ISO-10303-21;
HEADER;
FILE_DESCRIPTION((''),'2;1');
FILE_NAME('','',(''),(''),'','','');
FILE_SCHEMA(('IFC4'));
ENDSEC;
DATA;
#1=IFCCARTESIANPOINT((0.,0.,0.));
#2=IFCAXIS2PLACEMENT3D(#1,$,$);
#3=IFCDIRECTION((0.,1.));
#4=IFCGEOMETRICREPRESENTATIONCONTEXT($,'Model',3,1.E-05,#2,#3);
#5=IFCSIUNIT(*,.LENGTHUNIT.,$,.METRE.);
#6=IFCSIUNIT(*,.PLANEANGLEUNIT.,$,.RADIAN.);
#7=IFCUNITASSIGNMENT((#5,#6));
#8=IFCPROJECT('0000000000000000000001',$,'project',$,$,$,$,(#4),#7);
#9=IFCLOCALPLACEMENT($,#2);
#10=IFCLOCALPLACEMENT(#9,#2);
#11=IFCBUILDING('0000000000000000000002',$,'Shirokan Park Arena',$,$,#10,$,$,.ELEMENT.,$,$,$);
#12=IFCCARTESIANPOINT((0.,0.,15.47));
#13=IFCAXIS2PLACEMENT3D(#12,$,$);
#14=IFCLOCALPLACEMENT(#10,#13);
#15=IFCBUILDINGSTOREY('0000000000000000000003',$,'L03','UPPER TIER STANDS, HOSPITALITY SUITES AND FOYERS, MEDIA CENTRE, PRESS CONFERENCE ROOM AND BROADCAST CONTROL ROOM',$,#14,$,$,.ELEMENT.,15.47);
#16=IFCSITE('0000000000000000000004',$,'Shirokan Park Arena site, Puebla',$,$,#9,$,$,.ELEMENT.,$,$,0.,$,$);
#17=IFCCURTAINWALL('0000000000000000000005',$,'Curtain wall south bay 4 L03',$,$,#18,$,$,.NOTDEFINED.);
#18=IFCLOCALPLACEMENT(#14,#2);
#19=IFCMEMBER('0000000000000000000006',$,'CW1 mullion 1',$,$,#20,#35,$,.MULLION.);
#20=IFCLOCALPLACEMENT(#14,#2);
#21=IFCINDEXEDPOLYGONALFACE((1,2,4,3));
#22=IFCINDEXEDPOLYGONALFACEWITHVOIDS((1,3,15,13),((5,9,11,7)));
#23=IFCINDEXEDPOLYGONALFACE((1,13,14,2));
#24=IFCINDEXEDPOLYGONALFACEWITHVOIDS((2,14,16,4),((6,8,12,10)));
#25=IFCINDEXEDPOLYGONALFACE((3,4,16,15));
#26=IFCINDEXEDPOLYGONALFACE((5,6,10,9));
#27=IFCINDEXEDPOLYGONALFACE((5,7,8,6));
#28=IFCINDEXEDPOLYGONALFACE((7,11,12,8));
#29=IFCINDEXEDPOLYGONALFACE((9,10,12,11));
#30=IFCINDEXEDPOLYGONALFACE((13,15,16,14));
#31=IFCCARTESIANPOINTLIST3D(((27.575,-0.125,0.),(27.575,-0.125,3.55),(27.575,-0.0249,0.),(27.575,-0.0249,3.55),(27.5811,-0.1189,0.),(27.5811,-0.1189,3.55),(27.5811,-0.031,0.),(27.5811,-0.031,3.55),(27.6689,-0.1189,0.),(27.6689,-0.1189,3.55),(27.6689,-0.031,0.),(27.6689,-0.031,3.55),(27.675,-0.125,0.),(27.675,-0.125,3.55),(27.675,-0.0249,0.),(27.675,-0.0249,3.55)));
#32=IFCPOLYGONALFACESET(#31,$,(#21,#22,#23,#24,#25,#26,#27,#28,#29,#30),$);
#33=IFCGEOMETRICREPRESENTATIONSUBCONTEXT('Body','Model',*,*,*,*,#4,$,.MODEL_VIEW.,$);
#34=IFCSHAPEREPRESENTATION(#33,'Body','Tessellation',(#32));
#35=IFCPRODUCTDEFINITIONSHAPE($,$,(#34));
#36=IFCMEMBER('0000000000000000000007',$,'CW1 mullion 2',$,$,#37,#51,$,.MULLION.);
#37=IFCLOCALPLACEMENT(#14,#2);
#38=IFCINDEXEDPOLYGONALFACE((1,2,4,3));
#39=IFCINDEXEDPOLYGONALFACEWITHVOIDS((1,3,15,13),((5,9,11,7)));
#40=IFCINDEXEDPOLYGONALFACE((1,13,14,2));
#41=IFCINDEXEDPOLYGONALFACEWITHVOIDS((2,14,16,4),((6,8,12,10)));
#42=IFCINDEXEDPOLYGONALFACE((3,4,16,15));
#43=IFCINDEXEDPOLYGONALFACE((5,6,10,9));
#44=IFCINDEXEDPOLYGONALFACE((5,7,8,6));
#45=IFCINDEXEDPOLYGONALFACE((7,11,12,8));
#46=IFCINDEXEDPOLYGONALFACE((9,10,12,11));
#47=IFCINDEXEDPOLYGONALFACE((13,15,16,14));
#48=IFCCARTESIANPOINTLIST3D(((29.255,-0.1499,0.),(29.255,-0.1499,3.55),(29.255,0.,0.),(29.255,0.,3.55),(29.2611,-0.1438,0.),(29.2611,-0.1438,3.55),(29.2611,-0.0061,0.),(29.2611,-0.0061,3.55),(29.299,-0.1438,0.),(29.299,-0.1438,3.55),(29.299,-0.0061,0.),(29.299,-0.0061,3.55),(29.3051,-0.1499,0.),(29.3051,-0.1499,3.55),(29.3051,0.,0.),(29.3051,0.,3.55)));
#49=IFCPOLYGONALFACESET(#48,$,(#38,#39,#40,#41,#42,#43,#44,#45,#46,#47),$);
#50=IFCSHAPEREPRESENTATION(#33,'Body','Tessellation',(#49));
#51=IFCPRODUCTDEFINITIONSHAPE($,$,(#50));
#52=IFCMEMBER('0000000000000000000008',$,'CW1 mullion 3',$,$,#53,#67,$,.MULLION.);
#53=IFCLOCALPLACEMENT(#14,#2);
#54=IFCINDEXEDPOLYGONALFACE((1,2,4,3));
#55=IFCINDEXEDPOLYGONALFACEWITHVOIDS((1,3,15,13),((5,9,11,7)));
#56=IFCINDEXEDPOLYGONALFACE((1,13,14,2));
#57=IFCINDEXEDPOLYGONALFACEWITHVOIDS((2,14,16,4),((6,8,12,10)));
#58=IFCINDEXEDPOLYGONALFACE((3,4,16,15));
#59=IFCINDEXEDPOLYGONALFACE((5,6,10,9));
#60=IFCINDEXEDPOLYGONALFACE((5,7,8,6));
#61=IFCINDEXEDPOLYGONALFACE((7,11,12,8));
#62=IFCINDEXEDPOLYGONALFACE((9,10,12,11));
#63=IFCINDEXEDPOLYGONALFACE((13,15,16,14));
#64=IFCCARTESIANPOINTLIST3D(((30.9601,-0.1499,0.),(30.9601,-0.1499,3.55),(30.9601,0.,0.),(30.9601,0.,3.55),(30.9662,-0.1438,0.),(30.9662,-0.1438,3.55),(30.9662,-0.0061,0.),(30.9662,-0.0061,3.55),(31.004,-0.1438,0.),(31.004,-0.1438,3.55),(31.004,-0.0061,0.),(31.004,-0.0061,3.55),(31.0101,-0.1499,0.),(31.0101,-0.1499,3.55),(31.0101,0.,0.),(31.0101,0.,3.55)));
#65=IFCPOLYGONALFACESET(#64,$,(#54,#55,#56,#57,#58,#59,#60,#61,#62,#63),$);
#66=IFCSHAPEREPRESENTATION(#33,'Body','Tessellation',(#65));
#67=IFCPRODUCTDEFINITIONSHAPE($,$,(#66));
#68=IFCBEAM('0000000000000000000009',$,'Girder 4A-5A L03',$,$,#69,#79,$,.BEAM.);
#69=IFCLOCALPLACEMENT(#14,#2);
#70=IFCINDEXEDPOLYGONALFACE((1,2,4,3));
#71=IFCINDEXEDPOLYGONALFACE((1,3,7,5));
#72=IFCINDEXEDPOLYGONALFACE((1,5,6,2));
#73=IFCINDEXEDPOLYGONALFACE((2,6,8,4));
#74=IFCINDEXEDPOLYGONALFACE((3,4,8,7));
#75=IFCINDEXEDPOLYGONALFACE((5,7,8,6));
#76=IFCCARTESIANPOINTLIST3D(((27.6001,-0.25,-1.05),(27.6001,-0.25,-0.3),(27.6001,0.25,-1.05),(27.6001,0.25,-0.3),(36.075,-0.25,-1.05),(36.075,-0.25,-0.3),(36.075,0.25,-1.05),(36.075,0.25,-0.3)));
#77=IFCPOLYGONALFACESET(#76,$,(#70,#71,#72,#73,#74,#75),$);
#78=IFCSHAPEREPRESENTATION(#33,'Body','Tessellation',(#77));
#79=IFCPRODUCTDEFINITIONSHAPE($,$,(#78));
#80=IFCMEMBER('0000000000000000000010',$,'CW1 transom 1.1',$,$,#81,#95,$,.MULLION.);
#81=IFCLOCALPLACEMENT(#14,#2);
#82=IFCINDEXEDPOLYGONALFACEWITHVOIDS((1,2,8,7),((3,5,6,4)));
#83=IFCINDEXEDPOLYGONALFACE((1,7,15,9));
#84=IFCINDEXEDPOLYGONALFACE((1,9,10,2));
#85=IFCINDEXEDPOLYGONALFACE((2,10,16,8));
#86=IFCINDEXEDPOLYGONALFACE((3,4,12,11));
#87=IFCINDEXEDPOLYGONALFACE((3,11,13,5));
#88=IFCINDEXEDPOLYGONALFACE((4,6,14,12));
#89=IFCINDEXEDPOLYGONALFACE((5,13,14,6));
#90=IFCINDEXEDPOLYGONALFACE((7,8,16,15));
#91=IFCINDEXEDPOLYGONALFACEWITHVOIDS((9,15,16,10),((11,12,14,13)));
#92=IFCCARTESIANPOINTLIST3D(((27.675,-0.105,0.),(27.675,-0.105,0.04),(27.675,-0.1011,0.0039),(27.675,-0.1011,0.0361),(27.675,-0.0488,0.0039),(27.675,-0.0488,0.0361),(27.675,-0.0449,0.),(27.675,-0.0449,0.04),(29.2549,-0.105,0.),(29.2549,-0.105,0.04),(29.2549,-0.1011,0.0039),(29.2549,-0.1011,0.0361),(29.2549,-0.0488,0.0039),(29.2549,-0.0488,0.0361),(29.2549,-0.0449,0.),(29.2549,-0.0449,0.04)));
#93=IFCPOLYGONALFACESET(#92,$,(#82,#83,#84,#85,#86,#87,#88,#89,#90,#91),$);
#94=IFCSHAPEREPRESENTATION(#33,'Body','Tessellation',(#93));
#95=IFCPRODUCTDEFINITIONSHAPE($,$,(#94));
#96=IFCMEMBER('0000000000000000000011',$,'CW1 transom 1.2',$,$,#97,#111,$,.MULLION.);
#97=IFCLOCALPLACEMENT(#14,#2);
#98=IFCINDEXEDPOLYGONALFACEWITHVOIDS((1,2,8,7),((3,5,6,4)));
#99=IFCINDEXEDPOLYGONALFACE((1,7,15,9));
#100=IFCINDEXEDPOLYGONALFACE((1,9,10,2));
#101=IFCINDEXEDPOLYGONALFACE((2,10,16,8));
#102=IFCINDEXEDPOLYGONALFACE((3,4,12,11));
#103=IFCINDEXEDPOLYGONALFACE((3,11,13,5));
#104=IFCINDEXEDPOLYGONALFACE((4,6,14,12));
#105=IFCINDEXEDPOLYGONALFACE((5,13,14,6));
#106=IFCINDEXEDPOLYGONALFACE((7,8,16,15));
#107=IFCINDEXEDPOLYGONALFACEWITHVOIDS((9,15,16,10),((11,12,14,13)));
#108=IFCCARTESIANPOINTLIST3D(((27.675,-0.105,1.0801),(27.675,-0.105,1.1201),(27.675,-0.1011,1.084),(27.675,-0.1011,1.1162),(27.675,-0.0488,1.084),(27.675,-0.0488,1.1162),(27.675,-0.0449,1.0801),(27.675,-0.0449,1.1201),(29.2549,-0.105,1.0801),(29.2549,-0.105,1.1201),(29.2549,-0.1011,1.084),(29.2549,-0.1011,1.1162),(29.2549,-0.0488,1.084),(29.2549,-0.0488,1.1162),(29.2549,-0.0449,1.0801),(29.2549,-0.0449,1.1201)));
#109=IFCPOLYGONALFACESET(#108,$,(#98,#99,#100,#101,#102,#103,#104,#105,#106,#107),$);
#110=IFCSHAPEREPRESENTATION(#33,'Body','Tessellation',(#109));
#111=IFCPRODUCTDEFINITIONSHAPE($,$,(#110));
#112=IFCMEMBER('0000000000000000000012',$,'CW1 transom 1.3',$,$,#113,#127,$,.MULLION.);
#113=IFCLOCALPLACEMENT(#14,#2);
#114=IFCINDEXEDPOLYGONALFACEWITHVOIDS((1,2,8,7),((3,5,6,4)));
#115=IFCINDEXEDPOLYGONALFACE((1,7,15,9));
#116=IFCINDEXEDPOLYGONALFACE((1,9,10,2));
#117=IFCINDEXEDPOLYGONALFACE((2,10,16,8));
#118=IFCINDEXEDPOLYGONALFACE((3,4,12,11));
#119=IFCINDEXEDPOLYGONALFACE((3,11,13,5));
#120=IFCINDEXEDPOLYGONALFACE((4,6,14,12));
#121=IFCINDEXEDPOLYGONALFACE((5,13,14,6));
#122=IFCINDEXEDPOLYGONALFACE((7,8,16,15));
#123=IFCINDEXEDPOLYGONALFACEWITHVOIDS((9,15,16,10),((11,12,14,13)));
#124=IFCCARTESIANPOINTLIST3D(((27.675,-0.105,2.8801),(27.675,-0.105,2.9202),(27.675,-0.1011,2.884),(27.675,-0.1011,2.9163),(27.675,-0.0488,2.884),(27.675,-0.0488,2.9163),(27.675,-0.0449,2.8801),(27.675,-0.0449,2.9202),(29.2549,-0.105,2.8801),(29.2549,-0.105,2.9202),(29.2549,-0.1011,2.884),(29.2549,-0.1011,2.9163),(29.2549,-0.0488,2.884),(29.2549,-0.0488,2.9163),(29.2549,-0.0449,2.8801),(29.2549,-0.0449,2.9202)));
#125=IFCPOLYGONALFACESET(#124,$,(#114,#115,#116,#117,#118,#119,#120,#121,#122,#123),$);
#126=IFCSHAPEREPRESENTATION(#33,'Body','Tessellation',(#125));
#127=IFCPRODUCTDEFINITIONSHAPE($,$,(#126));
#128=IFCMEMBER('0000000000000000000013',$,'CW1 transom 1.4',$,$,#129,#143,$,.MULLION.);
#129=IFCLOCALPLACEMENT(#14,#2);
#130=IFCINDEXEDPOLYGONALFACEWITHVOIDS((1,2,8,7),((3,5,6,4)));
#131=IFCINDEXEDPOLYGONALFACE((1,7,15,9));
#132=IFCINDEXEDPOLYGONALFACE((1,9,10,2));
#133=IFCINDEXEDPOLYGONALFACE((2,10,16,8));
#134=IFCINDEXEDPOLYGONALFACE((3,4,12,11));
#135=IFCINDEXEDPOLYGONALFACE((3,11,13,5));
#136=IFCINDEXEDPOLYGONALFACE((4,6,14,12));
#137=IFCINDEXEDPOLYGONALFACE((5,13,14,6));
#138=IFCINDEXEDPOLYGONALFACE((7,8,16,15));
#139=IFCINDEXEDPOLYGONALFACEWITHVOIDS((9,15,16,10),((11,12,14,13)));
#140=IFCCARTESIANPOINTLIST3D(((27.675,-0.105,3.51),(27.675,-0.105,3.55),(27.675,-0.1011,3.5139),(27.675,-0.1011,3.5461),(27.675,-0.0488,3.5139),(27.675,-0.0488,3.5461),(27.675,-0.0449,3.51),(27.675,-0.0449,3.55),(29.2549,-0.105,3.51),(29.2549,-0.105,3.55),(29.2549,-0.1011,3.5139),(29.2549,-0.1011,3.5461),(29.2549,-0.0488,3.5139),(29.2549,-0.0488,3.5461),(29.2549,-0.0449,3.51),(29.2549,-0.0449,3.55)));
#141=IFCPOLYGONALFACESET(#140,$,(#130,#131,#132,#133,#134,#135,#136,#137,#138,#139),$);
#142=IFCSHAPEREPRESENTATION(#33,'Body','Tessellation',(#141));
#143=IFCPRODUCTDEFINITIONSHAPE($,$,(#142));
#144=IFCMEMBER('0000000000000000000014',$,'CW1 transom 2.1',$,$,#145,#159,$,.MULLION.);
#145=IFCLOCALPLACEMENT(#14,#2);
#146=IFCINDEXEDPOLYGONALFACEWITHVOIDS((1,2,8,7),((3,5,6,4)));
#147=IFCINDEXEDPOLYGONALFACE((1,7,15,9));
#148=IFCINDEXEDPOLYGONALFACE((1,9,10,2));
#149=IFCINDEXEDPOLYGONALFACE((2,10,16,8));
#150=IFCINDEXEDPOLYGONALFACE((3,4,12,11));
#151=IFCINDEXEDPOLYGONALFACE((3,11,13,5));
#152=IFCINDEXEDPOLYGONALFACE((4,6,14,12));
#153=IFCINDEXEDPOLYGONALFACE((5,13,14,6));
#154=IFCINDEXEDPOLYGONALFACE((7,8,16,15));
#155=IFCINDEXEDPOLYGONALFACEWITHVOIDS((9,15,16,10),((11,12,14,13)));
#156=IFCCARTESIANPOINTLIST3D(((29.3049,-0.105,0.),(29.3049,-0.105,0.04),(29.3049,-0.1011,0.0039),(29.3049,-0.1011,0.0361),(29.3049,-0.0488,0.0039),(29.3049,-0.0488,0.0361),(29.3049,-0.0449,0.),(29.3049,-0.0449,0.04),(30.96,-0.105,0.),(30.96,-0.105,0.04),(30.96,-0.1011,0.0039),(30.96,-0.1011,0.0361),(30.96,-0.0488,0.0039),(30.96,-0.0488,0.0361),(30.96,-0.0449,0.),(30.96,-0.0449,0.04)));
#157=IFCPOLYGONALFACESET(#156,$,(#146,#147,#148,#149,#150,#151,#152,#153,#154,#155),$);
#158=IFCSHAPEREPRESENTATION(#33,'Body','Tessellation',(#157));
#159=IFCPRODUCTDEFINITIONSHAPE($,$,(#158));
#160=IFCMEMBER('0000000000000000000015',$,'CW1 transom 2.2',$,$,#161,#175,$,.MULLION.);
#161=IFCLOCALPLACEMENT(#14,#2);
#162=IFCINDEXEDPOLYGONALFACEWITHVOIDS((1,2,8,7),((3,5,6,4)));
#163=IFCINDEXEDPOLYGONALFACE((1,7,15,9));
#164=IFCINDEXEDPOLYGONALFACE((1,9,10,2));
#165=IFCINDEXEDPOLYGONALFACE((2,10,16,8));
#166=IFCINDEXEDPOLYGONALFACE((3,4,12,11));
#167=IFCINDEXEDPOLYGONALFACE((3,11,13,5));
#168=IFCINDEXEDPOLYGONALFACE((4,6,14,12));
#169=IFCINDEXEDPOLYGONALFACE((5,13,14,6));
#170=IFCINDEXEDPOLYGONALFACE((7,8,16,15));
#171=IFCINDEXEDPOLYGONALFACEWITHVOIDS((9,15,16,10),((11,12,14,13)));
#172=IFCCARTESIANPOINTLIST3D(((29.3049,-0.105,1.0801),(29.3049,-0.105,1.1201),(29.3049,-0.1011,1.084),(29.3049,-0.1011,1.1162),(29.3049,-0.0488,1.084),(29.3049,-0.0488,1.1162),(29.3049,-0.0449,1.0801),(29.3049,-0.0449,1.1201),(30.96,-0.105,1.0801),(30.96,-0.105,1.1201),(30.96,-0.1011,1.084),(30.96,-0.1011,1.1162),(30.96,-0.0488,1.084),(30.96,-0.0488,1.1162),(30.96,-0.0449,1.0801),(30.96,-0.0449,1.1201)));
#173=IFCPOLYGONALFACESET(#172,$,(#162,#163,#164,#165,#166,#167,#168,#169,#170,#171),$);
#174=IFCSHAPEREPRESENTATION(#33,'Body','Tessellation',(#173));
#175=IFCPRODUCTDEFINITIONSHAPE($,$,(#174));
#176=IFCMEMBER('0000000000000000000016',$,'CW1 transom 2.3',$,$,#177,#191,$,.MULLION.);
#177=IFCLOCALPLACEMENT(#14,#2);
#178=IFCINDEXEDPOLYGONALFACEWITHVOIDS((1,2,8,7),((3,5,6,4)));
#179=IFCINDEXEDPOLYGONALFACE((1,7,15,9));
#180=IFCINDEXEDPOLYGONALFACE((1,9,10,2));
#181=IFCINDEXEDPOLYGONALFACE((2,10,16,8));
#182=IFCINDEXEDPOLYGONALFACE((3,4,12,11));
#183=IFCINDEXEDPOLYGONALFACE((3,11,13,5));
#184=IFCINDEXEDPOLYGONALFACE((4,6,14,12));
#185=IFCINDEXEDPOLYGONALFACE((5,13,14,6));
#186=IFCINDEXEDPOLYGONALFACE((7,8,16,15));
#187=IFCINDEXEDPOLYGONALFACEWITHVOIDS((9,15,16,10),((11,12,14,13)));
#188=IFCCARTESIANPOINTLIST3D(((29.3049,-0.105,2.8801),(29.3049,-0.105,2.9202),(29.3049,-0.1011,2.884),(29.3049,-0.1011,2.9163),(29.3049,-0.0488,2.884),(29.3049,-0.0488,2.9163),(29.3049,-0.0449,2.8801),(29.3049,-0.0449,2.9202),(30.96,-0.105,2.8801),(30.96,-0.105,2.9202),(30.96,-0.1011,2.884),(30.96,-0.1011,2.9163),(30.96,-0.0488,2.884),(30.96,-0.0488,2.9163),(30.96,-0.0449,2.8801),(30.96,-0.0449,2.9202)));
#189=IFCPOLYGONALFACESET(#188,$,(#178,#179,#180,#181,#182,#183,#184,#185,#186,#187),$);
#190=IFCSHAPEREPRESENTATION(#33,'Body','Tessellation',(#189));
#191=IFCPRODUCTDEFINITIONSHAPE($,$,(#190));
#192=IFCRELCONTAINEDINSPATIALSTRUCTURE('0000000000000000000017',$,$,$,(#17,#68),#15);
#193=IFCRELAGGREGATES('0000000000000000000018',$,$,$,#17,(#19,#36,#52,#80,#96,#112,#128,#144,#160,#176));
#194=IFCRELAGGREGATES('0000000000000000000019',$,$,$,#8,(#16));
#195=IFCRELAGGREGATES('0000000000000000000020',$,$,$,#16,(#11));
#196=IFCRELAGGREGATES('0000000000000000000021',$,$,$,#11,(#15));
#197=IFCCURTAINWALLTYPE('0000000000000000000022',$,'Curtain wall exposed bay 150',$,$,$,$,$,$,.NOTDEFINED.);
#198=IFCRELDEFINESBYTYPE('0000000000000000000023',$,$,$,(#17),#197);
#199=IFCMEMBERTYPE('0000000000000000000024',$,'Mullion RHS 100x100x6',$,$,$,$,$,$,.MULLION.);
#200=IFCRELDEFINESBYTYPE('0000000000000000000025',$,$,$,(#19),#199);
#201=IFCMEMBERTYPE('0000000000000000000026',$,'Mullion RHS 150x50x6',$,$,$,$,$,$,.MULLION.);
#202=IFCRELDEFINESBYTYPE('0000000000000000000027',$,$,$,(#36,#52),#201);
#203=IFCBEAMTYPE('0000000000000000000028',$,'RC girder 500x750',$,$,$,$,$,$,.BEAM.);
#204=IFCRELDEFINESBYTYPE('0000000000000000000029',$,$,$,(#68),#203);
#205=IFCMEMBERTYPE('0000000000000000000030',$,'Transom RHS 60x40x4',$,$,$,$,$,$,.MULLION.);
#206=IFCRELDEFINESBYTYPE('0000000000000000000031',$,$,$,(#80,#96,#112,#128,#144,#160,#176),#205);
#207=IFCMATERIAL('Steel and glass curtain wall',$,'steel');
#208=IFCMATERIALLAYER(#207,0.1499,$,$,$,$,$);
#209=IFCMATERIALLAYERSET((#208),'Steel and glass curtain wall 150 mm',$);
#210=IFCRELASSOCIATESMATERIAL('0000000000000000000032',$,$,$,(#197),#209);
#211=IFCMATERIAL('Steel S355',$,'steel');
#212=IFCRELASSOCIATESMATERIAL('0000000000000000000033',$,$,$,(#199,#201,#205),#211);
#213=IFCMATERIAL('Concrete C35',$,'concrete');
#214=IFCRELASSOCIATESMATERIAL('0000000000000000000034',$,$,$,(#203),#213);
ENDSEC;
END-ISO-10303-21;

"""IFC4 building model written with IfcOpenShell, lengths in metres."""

from ifc_helpers import new_model, si_unit, direction, frame, origin, origin_2d, place, context, subcontext, project, spatial, rectangle, hollow_rectangle, extrude, material, layer, layer_set, material_profile, profile_set, type_object, element, aggregate, save


model = new_model("IFC4")

# Units and contexts
model_context = context("Model", 3, precision=1e-05, world=origin(), true_north=direction((0.0, 1.0)))
body_context = subcontext(model_context, "Body", "Model", "MODEL_VIEW")
ifc_project = project(units=[si_unit("LENGTHUNIT", "METRE"), si_unit("PLANEANGLEUNIT", "RADIAN")], contexts=[model_context])

# Site, building, storey
site_placement = place(None, origin())
site = spatial("IfcSite", under=ifc_project, at=site_placement, Name="Shirokan Park Arena site, Puebla", CompositionType="ELEMENT", RefElevation=0.0)
building_placement = place(site_placement, origin())
building = spatial("IfcBuilding", under=site, at=building_placement, Name="Shirokan Park Arena", CompositionType="ELEMENT")
storey_placement = place(building_placement, frame((0.0, 0.0, 15.47)))
storey = spatial("IfcBuildingStorey", under=building, at=storey_placement, Name="L03", Description="UPPER TIER STANDS, HOSPITALITY SUITES AND FOYERS, MEDIA CENTRE, PRESS CONFERENCE ROOM AND BROADCAST CONTROL ROOM", CompositionType="ELEMENT", Elevation=15.47)

# Curtain wall, members
ifc_material_1 = material(Name="Steel and glass curtain wall", Category="steel")
ifc_layer_1 = layer(ifc_material_1, 0.1499)
ifc_layer_set_1 = layer_set([ifc_layer_1], Name="Steel and glass curtain wall 150 mm")
curtain_wall_type = type_object("IfcCurtainWallType", Name="Curtain wall exposed bay 150", PredefinedType="NOTDEFINED", material=ifc_layer_set_1)
curtain_wall_placement = place(storey_placement, origin())
curtain_wall = element("IfcCurtainWall", 1, at=curtain_wall_placement, inside=storey, type_object=curtain_wall_type, Name="Curtain wall south bay 4 L03", PredefinedType="NOTDEFINED")
ifc_material_2 = material(Name="Steel S355", Category="steel")
ifc_material_profile_1 = material_profile(ifc_material_2, hollow_rectangle(XDim=0.1001, YDim=0.1001, WallThickness=0.0061, at=origin_2d()), Name="RHS 100x100x6")
ifc_profile_set_1 = profile_set([ifc_material_profile_1], Name="Steel S355")
member_type_1 = type_object("IfcMemberType", Name="Mullion RHS 100x100x6", PredefinedType="MULLION", material=ifc_profile_set_1)
member_1_placement = place(storey_placement, frame((27.625, -0.075, 0.0), z_axis=(0.0, 0.0, 1.0), x_axis=(0.0, 1.0, 0.0)))
member_1 = element("IfcMember", 2, at=member_1_placement, type_object=member_type_1, Name="CW1 mullion 1", PredefinedType="MULLION", context=body_context, shape_type="SweptSolid", body=[
    extrude(hollow_rectangle(XDim=0.1001, YDim=0.1001, WallThickness=0.0061, at=origin_2d()), origin(), (0.0, 0.0, 1.0), 3.55),
])
ifc_material_profile_2 = material_profile(ifc_material_2, hollow_rectangle(XDim=0.1499, YDim=0.05, WallThickness=0.0061, at=origin_2d()), Name="RHS 150x50x6")
ifc_profile_set_2 = profile_set([ifc_material_profile_2], Name="Steel S355")
member_type_2 = type_object("IfcMemberType", Name="Mullion RHS 150x50x6", PredefinedType="MULLION", material=ifc_profile_set_2)
member_2_placement = place(storey_placement, frame((29.28, -0.075, 0.0), z_axis=(0.0, 0.0, 1.0), x_axis=(0.0, 1.0, 0.0)))
member_2 = element("IfcMember", 3, at=member_2_placement, type_object=member_type_2, Name="CW1 mullion 2", PredefinedType="MULLION", context=body_context, shape_type="SweptSolid", body=[
    extrude(hollow_rectangle(XDim=0.1499, YDim=0.05, WallThickness=0.0061, at=origin_2d()), origin(), (0.0, 0.0, 1.0), 3.55),
])
member_3_placement = place(storey_placement, frame((30.9851, -0.075, 0.0), z_axis=(0.0, 0.0, 1.0), x_axis=(0.0, 1.0, 0.0)))
member_3 = element("IfcMember", 4, at=member_3_placement, type_object=member_type_2, Name="CW1 mullion 3", PredefinedType="MULLION", context=body_context, shape_type="SweptSolid", body=[
    extrude(hollow_rectangle(XDim=0.1499, YDim=0.05, WallThickness=0.0061, at=origin_2d()), origin(), (0.0, 0.0, 1.0), 3.55),
])

# Beam
ifc_material_3 = material(Name="Concrete C35", Category="concrete")
ifc_material_profile_3 = material_profile(ifc_material_3, rectangle(XDim=0.5, YDim=0.75, at=origin_2d()), Name="500x750")
ifc_profile_set_3 = profile_set([ifc_material_profile_3], Name="Concrete C35")
beam_type = type_object("IfcBeamType", Name="RC girder 500x750", PredefinedType="BEAM", material=ifc_profile_set_3)
beam_placement = place(storey_placement, frame((27.6001, 0.0, -0.675), z_axis=(1.0, 0.0, 0.0), x_axis=(0.0, 1.0, 0.0)))
element("IfcBeam", 5, at=beam_placement, inside=storey, type_object=beam_type, Name="Girder 4A-5A L03", PredefinedType="BEAM", context=body_context, shape_type="SweptSolid", body=[
    extrude(rectangle(XDim=0.5, YDim=0.75, at=origin_2d()), origin(), (0.0, 0.0, 1.0), 8.4749),
])

# Members
ifc_material_profile_4 = material_profile(ifc_material_2, hollow_rectangle(XDim=0.0601, YDim=0.04, WallThickness=0.0039, at=origin_2d()), Name="RHS 60x40x4")
ifc_profile_set_4 = profile_set([ifc_material_profile_4], Name="Steel S355")
member_type_3 = type_object("IfcMemberType", Name="Transom RHS 60x40x4", PredefinedType="MULLION", material=ifc_profile_set_4)
member_4_placement = place(storey_placement, frame((27.675, -0.075, 0.02), z_axis=(1.0, 0.0, 0.0), x_axis=(0.0, 1.0, 0.0)))
member_4 = element("IfcMember", 6, at=member_4_placement, type_object=member_type_3, Name="CW1 transom 1.1", PredefinedType="MULLION", context=body_context, shape_type="SweptSolid", body=[
    extrude(hollow_rectangle(XDim=0.0601, YDim=0.04, WallThickness=0.0039, at=origin_2d()), origin(), (0.0, 0.0, 1.0), 1.5798),
])
member_5_placement = place(storey_placement, frame((27.675, -0.075, 1.1001), z_axis=(1.0, 0.0, 0.0), x_axis=(0.0, 1.0, 0.0)))
member_5 = element("IfcMember", 7, at=member_5_placement, type_object=member_type_3, Name="CW1 transom 1.2", PredefinedType="MULLION", context=body_context, shape_type="SweptSolid", body=[
    extrude(hollow_rectangle(XDim=0.0601, YDim=0.04, WallThickness=0.0039, at=origin_2d()), origin(), (0.0, 0.0, 1.0), 1.5798),
])
member_6_placement = place(storey_placement, frame((27.675, -0.075, 2.9001), z_axis=(1.0, 0.0, 0.0), x_axis=(0.0, 1.0, 0.0)))
member_6 = element("IfcMember", 8, at=member_6_placement, type_object=member_type_3, Name="CW1 transom 1.3", PredefinedType="MULLION", context=body_context, shape_type="SweptSolid", body=[
    extrude(hollow_rectangle(XDim=0.0601, YDim=0.04, WallThickness=0.0039, at=origin_2d()), origin(), (0.0, 0.0, 1.0), 1.5798),
])
member_7_placement = place(storey_placement, frame((27.675, -0.075, 3.53), z_axis=(1.0, 0.0, 0.0), x_axis=(0.0, 1.0, 0.0)))
member_7 = element("IfcMember", 9, at=member_7_placement, type_object=member_type_3, Name="CW1 transom 1.4", PredefinedType="MULLION", context=body_context, shape_type="SweptSolid", body=[
    extrude(hollow_rectangle(XDim=0.0601, YDim=0.04, WallThickness=0.0039, at=origin_2d()), origin(), (0.0, 0.0, 1.0), 1.5798),
])
member_8_placement = place(storey_placement, frame((29.3049, -0.075, 0.02), z_axis=(1.0, 0.0, 0.0), x_axis=(0.0, 1.0, 0.0)))
member_8 = element("IfcMember", 10, at=member_8_placement, type_object=member_type_3, Name="CW1 transom 2.1", PredefinedType="MULLION", context=body_context, shape_type="SweptSolid", body=[
    extrude(hollow_rectangle(XDim=0.0601, YDim=0.04, WallThickness=0.0039, at=origin_2d()), origin(), (0.0, 0.0, 1.0), 1.655),
])
member_9_placement = place(storey_placement, frame((29.3049, -0.075, 1.1001), z_axis=(1.0, 0.0, 0.0), x_axis=(0.0, 1.0, 0.0)))
member_9 = element("IfcMember", 11, at=member_9_placement, type_object=member_type_3, Name="CW1 transom 2.2", PredefinedType="MULLION", context=body_context, shape_type="SweptSolid", body=[
    extrude(hollow_rectangle(XDim=0.0601, YDim=0.04, WallThickness=0.0039, at=origin_2d()), origin(), (0.0, 0.0, 1.0), 1.655),
])
member_10_placement = place(storey_placement, frame((29.3049, -0.075, 2.9001), z_axis=(1.0, 0.0, 0.0), x_axis=(0.0, 1.0, 0.0)))
member_10 = element("IfcMember", 12, at=member_10_placement, type_object=member_type_3, Name="CW1 transom 2.3", PredefinedType="MULLION", context=body_context, shape_type="SweptSolid", body=[
    extrude(hollow_rectangle(XDim=0.0601, YDim=0.04, WallThickness=0.0039, at=origin_2d()), origin(), (0.0, 0.0, 1.0), 1.655),
])

aggregate(curtain_wall, [member_1, member_2, member_3, member_4, member_5, member_6, member_7, member_8, member_9, member_10])

save(model, "model.ifc")
